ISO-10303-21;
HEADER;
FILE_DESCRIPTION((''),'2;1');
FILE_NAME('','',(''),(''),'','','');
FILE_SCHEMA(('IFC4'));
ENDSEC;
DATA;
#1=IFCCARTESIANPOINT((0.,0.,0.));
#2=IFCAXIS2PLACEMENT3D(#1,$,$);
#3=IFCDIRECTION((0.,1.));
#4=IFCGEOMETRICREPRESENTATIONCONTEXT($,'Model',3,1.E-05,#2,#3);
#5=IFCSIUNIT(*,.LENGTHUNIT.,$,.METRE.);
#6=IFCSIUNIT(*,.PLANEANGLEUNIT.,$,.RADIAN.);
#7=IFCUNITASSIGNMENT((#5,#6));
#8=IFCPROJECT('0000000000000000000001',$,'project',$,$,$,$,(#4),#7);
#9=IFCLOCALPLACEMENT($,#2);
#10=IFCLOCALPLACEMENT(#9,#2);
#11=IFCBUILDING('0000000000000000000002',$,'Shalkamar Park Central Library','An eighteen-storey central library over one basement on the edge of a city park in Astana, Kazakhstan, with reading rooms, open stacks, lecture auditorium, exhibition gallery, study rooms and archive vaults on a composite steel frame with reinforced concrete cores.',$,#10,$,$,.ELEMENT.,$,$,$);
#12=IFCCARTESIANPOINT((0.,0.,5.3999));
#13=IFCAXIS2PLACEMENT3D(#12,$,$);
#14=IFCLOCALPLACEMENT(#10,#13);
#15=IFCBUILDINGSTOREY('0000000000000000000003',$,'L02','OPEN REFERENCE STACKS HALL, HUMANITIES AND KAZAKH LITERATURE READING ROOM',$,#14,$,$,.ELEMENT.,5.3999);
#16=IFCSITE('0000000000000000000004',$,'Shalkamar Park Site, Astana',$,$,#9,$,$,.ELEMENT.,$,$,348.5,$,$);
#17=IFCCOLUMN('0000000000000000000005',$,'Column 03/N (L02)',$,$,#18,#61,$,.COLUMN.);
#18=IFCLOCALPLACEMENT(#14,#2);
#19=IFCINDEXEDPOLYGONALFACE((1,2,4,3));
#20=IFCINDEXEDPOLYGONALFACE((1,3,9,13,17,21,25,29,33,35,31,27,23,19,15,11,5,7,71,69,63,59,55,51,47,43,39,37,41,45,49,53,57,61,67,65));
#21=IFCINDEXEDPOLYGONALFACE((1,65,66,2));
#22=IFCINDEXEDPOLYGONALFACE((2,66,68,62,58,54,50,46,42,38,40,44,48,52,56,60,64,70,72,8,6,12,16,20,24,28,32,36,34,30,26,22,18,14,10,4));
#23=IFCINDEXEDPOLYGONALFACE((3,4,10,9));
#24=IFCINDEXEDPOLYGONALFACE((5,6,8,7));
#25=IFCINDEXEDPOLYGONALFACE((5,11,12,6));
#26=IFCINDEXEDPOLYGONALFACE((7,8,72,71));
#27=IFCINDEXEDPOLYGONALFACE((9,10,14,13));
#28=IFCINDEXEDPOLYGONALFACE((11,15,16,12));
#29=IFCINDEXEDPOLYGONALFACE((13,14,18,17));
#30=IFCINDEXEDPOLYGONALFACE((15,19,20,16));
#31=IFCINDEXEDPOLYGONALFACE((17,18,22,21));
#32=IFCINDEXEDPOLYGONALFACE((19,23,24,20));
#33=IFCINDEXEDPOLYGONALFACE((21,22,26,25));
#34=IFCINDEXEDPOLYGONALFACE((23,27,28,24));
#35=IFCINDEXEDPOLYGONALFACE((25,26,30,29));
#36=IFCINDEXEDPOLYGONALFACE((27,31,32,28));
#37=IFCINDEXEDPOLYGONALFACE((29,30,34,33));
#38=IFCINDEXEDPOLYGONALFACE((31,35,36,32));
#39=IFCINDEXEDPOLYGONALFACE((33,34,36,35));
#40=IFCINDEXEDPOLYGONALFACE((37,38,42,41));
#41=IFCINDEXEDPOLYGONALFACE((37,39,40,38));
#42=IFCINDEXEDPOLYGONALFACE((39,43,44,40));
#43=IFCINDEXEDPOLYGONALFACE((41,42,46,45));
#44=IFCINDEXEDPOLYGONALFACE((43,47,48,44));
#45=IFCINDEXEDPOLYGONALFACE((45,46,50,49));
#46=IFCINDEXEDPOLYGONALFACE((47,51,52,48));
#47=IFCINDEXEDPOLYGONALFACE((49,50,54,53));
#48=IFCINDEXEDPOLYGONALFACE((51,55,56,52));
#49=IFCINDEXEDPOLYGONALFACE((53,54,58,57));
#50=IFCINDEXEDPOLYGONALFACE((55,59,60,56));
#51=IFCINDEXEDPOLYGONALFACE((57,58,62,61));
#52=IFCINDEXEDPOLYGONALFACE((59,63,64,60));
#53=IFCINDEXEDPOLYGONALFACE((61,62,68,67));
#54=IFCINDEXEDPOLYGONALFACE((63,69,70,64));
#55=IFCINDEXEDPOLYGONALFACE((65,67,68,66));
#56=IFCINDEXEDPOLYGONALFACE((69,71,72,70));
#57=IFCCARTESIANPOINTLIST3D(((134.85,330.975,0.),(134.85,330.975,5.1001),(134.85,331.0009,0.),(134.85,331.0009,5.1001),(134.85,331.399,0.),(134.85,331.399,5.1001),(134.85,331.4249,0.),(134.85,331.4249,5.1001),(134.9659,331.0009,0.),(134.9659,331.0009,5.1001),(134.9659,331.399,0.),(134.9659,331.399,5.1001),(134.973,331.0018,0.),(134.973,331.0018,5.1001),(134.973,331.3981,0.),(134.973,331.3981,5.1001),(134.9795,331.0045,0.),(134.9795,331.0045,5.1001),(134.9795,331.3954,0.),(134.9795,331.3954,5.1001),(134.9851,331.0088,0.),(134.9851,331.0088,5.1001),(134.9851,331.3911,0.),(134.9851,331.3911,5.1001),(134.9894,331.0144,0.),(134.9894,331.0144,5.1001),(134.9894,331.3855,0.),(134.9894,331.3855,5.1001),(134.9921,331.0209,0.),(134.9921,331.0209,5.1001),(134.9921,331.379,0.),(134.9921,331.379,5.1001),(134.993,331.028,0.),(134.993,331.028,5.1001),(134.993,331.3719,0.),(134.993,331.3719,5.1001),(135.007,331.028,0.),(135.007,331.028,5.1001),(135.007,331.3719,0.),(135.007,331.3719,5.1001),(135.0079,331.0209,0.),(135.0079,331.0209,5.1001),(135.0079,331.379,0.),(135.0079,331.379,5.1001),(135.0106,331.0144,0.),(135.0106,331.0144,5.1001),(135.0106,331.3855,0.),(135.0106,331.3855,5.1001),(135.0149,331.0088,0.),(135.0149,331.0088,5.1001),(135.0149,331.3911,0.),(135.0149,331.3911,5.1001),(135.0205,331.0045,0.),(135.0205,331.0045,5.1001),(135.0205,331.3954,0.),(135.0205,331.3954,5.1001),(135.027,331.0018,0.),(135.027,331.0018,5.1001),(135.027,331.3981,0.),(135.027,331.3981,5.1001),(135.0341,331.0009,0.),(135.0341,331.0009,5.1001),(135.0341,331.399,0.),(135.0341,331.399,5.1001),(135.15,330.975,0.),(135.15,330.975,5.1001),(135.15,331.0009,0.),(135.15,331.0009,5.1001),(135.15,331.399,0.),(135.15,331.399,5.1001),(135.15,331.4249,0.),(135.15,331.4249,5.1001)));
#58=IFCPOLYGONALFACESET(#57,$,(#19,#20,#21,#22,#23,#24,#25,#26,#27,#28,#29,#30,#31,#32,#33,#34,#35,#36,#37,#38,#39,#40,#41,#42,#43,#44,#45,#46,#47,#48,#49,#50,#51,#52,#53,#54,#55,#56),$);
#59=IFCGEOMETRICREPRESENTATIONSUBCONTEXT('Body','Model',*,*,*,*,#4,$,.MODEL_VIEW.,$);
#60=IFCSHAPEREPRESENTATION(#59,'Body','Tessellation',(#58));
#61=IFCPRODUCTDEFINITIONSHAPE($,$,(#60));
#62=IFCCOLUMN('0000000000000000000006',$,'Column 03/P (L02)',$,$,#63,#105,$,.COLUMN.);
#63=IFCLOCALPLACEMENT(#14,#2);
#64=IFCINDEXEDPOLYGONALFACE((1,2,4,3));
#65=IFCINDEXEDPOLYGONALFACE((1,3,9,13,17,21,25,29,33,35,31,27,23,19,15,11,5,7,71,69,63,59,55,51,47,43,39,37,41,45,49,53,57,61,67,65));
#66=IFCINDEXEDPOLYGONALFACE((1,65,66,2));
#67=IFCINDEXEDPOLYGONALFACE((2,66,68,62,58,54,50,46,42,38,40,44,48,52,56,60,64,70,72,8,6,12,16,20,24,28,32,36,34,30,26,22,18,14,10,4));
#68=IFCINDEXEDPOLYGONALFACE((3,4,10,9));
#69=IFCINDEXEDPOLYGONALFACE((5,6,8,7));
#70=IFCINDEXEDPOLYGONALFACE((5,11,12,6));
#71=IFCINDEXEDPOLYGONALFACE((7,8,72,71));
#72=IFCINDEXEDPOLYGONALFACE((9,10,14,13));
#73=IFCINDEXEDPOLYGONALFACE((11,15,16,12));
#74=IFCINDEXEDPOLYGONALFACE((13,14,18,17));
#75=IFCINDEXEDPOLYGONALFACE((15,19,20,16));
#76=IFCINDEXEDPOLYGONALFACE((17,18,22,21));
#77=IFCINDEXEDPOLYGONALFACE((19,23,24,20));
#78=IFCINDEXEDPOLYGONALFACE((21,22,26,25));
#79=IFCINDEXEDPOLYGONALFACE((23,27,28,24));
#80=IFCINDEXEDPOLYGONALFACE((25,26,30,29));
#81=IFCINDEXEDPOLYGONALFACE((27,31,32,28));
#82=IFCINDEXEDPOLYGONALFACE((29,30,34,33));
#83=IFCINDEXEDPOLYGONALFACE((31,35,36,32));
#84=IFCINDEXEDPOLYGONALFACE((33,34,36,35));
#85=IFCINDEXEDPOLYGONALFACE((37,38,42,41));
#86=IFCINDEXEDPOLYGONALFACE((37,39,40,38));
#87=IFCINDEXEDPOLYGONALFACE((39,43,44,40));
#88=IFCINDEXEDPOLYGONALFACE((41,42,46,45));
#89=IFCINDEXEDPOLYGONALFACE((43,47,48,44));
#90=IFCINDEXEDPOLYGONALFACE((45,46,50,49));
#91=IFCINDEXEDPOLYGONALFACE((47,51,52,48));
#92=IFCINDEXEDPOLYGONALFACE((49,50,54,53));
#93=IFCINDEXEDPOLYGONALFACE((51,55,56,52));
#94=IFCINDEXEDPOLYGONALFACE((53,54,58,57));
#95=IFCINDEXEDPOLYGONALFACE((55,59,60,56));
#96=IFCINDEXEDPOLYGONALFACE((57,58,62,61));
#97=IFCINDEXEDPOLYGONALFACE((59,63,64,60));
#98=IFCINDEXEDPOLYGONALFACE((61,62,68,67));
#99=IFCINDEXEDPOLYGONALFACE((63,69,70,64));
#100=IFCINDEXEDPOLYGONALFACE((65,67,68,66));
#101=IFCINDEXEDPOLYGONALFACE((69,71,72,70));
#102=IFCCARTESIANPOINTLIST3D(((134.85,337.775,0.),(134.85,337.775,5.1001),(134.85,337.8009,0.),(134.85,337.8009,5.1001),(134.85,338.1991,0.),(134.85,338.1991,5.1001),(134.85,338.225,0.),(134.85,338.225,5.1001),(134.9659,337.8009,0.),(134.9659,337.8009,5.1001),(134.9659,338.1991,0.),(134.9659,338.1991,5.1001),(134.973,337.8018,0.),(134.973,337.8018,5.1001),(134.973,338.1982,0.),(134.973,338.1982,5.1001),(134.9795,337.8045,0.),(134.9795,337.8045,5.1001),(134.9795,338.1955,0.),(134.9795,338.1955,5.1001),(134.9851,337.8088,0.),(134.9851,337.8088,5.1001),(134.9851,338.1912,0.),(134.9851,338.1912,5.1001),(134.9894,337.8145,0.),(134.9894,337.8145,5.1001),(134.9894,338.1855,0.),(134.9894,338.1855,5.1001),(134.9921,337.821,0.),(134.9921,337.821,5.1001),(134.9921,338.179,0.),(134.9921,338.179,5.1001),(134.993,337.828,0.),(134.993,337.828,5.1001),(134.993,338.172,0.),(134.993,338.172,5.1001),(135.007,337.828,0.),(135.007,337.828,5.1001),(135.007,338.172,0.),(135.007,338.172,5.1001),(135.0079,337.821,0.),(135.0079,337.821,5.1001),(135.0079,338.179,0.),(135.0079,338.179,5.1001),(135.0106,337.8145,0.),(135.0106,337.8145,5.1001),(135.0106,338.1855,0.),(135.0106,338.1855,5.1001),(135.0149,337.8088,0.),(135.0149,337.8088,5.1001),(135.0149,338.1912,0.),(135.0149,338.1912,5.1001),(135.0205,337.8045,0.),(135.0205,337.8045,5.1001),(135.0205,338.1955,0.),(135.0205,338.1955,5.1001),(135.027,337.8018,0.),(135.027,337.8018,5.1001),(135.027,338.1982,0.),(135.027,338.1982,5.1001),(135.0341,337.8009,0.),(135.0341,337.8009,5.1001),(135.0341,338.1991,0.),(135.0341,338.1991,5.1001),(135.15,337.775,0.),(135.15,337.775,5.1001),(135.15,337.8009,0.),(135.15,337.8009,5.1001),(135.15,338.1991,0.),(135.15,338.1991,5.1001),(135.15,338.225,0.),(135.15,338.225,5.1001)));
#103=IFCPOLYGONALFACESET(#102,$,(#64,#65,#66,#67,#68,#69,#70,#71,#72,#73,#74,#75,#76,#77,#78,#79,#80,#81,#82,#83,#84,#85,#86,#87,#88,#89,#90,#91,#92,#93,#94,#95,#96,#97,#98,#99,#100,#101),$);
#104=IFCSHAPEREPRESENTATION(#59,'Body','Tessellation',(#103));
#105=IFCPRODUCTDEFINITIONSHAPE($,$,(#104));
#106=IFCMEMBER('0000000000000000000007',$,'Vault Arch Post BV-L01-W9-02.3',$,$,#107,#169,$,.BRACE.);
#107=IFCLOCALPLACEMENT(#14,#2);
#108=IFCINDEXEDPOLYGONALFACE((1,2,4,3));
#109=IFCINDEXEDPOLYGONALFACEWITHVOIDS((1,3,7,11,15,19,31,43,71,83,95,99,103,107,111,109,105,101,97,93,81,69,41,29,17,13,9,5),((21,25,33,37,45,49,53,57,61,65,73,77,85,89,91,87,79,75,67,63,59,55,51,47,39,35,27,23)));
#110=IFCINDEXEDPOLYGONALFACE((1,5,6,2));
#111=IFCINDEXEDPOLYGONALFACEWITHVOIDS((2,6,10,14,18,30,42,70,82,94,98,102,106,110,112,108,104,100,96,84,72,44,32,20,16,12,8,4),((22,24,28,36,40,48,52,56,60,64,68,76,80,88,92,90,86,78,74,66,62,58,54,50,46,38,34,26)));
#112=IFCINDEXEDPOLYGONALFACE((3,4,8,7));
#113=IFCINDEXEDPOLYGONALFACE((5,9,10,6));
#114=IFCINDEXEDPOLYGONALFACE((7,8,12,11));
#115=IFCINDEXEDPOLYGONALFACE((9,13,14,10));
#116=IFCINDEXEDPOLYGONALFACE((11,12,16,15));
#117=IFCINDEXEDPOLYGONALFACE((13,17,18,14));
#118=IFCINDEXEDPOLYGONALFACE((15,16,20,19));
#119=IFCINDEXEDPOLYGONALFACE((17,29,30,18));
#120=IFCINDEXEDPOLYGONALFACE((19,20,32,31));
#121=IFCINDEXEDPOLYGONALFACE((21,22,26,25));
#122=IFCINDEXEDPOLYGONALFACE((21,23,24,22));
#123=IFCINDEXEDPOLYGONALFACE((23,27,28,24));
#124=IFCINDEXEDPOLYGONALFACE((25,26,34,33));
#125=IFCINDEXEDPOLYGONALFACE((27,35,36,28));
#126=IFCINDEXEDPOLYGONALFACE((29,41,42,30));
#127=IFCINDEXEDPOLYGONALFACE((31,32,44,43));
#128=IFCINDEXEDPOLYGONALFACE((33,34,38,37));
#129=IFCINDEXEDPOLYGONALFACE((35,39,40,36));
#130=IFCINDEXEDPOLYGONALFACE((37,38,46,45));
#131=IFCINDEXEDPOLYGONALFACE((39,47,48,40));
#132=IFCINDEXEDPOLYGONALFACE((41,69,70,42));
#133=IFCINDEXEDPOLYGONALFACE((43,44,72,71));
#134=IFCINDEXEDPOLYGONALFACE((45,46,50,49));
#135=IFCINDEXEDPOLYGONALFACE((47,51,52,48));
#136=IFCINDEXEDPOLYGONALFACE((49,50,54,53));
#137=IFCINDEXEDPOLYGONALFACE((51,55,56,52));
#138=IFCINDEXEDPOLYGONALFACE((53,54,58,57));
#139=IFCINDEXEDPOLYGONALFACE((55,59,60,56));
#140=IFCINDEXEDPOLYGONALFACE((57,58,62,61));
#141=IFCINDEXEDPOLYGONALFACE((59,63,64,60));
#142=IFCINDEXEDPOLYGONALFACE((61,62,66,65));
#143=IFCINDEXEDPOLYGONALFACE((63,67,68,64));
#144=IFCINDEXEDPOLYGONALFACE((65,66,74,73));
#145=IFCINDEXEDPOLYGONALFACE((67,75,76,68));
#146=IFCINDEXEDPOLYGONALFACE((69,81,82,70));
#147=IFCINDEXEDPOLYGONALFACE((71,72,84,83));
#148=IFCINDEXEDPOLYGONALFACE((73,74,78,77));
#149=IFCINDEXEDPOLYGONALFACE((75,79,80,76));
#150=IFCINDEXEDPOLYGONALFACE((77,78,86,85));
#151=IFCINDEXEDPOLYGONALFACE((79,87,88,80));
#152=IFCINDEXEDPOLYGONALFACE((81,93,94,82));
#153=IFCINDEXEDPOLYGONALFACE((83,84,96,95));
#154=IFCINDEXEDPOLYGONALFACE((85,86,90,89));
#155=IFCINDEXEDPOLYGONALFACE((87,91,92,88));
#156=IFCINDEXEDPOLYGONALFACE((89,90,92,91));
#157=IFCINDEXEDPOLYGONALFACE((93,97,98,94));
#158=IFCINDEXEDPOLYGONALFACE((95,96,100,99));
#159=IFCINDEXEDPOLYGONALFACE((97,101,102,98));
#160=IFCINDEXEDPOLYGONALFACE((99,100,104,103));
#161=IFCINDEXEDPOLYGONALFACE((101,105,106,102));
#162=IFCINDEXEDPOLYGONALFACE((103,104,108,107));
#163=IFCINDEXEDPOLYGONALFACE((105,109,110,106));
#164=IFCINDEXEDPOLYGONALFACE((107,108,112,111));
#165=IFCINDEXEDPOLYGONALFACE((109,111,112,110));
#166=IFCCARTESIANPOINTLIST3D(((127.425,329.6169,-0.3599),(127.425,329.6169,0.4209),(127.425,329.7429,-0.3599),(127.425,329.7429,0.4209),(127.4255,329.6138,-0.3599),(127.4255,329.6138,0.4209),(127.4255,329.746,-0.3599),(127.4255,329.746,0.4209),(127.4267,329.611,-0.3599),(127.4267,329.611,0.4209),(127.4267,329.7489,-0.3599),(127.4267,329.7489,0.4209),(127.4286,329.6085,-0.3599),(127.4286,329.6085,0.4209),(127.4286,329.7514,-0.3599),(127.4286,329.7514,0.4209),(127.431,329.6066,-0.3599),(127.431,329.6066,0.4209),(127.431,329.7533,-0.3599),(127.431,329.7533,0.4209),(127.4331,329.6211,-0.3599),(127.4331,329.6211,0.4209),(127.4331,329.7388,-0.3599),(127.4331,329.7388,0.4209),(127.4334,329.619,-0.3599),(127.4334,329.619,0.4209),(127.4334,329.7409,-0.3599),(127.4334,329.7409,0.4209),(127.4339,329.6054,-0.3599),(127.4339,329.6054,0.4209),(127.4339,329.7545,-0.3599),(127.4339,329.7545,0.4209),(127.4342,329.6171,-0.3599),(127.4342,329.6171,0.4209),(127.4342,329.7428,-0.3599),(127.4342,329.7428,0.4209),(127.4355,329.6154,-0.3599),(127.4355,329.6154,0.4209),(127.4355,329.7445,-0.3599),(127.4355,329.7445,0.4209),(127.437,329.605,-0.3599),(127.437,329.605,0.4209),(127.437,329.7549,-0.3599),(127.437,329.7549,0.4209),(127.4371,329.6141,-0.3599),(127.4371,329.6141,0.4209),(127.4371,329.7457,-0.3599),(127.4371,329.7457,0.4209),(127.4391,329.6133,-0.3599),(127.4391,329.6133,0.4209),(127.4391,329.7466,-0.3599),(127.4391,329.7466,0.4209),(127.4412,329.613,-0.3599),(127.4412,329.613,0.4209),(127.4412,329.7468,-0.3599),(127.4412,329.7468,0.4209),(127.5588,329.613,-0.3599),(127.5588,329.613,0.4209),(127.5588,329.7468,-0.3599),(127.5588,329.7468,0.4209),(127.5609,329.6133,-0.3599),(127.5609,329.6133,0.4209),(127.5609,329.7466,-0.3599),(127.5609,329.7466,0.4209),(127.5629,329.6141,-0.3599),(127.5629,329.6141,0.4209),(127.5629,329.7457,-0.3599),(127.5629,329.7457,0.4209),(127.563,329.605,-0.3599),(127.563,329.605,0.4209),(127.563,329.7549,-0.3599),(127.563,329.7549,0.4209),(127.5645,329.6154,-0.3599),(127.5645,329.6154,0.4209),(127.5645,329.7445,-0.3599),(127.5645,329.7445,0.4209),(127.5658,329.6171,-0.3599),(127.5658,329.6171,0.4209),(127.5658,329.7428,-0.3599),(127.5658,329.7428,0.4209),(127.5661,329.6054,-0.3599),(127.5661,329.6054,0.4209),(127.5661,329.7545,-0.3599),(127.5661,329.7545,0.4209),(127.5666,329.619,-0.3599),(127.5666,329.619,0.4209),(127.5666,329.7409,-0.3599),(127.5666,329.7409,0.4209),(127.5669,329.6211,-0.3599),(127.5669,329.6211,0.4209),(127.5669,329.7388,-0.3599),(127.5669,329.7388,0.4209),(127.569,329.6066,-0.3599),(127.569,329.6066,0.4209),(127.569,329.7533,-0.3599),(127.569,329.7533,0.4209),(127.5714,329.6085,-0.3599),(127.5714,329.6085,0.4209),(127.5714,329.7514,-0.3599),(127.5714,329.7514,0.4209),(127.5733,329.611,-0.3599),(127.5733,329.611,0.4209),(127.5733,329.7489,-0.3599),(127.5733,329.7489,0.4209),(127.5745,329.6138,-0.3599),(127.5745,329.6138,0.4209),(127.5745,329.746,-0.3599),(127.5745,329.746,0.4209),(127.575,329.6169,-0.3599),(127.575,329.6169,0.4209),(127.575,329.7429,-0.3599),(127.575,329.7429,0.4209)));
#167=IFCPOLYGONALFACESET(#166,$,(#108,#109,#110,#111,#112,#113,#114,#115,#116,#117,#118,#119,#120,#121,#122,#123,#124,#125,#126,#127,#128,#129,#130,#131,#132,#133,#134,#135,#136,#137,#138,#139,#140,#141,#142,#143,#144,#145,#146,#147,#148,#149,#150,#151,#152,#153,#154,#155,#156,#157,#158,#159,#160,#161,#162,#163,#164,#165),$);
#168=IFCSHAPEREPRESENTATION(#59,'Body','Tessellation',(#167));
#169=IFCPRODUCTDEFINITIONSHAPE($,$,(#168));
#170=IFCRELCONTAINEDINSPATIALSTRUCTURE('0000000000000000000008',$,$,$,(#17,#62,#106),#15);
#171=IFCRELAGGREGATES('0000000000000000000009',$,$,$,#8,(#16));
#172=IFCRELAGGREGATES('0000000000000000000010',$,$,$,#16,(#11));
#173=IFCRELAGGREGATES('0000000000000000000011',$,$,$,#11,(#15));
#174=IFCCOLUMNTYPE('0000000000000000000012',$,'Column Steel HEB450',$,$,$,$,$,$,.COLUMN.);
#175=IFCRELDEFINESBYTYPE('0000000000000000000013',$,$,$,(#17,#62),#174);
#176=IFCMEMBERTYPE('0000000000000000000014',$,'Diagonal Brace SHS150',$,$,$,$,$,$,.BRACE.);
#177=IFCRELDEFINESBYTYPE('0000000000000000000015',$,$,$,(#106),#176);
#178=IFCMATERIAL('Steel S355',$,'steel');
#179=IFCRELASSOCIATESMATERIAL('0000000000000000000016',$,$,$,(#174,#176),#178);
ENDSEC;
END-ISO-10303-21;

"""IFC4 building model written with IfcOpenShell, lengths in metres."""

from ifc_helpers import new_model, si_unit, direction, frame, origin, origin_2d, place, context, subcontext, project, spatial, hollow_rectangle, i_section, extrude, material, material_profile, profile_set, type_object, element, save


model = new_model("IFC4")

# Units and contexts
model_context = context("Model", 3, precision=1e-05, world=origin(), true_north=direction((0.0, 1.0)))
body_context = subcontext(model_context, "Body", "Model", "MODEL_VIEW")
ifc_project = project(units=[si_unit("LENGTHUNIT", "METRE"), si_unit("PLANEANGLEUNIT", "RADIAN")], contexts=[model_context])

# Site, building, storey
site_placement = place(None, origin())
site = spatial("IfcSite", under=ifc_project, at=site_placement, Name="Shalkamar Park Site, Astana", CompositionType="ELEMENT", RefElevation=348.5)
building_placement = place(site_placement, origin())
building = spatial("IfcBuilding", under=site, at=building_placement, Name="Shalkamar Park Central Library", Description="An eighteen-storey central library over one basement on the edge of a city park in Astana, Kazakhstan, with reading rooms, open stacks, lecture auditorium, exhibition gallery, study rooms and archive vaults on a composite steel frame with reinforced concrete cores.", CompositionType="ELEMENT")
storey_placement = place(building_placement, frame((0.0, 0.0, 5.3999)))
storey = spatial("IfcBuildingStorey", under=building, at=storey_placement, Name="L02", Description="OPEN REFERENCE STACKS HALL, HUMANITIES AND KAZAKH LITERATURE READING ROOM", CompositionType="ELEMENT", Elevation=5.3999)

# Columns
ifc_material_1 = material(Name="Steel S355", Category="steel")
ifc_material_profile_1 = material_profile(ifc_material_1, i_section(OverallWidth=0.3, OverallDepth=0.45, WebThickness=0.0139, FlangeThickness=0.0259, FilletRadius=0.0271, at=origin_2d()), Name="HEB 450")
ifc_profile_set_1 = profile_set([ifc_material_profile_1], Name="Steel S355")
column_type = type_object("IfcColumnType", Name="Column Steel HEB450", PredefinedType="COLUMN", material=ifc_profile_set_1)
for number, where, z_axis, x_axis, name in (
    (1, (135.0, 331.2, 0.0), (0.0, 0.0, 1.0), (1.0, 0.0, 0.0), "Column 03/N (L02)"),
    (2, (135.0, 338.0, 0.0), (0.0, 0.0, 1.0), (1.0, 0.0, 0.0), "Column 03/P (L02)"),
):
    element("IfcColumn", number, at=place(storey_placement, frame(where, z_axis=z_axis, x_axis=x_axis)), inside=storey, type_object=column_type, Name=name, PredefinedType="COLUMN", context=body_context, shape_type="SweptSolid", body=[
        extrude(i_section(OverallWidth=0.3, OverallDepth=0.45, WebThickness=0.0139, FlangeThickness=0.0259, FilletRadius=0.0271, at=origin_2d()), origin(), (0.0, 0.0, 1.0), 5.1001),
    ])

# Member
ifc_material_profile_2 = material_profile(ifc_material_1, hollow_rectangle(XDim=0.1499, YDim=0.1499, WallThickness=0.0081, InnerFilletRadius=0.0081, OuterFilletRadius=0.012, at=origin_2d()), Name="SHS 150x150x8")
ifc_profile_set_2 = profile_set([ifc_material_profile_2], Name="Steel S355")
member_type_1 = type_object("IfcMemberType", Name="Diagonal Brace SHS150", PredefinedType="BRACE", material=ifc_profile_set_2)
for number, where, z_axis, x_axis, name in (
    (3, (127.5, 329.6799, -0.3599), (0.0, 0.0, 1.0), (1.0, 0.0, 0.0), "Vault Arch Post BV-L01-W9-02.3"),
):
    element("IfcMember", number, at=place(storey_placement, frame(where, z_axis=z_axis, x_axis=x_axis)), inside=storey, type_object=member_type_1, Name=name, PredefinedType="BRACE", context=body_context, shape_type="SweptSolid", body=[
        extrude(hollow_rectangle(XDim=0.1499, YDim=0.1499, WallThickness=0.0081, InnerFilletRadius=0.0081, OuterFilletRadius=0.012, at=origin_2d()), origin(), (0.0, 0.0, 1.0), 0.7808),
    ])

save(model, "model.ifc")
